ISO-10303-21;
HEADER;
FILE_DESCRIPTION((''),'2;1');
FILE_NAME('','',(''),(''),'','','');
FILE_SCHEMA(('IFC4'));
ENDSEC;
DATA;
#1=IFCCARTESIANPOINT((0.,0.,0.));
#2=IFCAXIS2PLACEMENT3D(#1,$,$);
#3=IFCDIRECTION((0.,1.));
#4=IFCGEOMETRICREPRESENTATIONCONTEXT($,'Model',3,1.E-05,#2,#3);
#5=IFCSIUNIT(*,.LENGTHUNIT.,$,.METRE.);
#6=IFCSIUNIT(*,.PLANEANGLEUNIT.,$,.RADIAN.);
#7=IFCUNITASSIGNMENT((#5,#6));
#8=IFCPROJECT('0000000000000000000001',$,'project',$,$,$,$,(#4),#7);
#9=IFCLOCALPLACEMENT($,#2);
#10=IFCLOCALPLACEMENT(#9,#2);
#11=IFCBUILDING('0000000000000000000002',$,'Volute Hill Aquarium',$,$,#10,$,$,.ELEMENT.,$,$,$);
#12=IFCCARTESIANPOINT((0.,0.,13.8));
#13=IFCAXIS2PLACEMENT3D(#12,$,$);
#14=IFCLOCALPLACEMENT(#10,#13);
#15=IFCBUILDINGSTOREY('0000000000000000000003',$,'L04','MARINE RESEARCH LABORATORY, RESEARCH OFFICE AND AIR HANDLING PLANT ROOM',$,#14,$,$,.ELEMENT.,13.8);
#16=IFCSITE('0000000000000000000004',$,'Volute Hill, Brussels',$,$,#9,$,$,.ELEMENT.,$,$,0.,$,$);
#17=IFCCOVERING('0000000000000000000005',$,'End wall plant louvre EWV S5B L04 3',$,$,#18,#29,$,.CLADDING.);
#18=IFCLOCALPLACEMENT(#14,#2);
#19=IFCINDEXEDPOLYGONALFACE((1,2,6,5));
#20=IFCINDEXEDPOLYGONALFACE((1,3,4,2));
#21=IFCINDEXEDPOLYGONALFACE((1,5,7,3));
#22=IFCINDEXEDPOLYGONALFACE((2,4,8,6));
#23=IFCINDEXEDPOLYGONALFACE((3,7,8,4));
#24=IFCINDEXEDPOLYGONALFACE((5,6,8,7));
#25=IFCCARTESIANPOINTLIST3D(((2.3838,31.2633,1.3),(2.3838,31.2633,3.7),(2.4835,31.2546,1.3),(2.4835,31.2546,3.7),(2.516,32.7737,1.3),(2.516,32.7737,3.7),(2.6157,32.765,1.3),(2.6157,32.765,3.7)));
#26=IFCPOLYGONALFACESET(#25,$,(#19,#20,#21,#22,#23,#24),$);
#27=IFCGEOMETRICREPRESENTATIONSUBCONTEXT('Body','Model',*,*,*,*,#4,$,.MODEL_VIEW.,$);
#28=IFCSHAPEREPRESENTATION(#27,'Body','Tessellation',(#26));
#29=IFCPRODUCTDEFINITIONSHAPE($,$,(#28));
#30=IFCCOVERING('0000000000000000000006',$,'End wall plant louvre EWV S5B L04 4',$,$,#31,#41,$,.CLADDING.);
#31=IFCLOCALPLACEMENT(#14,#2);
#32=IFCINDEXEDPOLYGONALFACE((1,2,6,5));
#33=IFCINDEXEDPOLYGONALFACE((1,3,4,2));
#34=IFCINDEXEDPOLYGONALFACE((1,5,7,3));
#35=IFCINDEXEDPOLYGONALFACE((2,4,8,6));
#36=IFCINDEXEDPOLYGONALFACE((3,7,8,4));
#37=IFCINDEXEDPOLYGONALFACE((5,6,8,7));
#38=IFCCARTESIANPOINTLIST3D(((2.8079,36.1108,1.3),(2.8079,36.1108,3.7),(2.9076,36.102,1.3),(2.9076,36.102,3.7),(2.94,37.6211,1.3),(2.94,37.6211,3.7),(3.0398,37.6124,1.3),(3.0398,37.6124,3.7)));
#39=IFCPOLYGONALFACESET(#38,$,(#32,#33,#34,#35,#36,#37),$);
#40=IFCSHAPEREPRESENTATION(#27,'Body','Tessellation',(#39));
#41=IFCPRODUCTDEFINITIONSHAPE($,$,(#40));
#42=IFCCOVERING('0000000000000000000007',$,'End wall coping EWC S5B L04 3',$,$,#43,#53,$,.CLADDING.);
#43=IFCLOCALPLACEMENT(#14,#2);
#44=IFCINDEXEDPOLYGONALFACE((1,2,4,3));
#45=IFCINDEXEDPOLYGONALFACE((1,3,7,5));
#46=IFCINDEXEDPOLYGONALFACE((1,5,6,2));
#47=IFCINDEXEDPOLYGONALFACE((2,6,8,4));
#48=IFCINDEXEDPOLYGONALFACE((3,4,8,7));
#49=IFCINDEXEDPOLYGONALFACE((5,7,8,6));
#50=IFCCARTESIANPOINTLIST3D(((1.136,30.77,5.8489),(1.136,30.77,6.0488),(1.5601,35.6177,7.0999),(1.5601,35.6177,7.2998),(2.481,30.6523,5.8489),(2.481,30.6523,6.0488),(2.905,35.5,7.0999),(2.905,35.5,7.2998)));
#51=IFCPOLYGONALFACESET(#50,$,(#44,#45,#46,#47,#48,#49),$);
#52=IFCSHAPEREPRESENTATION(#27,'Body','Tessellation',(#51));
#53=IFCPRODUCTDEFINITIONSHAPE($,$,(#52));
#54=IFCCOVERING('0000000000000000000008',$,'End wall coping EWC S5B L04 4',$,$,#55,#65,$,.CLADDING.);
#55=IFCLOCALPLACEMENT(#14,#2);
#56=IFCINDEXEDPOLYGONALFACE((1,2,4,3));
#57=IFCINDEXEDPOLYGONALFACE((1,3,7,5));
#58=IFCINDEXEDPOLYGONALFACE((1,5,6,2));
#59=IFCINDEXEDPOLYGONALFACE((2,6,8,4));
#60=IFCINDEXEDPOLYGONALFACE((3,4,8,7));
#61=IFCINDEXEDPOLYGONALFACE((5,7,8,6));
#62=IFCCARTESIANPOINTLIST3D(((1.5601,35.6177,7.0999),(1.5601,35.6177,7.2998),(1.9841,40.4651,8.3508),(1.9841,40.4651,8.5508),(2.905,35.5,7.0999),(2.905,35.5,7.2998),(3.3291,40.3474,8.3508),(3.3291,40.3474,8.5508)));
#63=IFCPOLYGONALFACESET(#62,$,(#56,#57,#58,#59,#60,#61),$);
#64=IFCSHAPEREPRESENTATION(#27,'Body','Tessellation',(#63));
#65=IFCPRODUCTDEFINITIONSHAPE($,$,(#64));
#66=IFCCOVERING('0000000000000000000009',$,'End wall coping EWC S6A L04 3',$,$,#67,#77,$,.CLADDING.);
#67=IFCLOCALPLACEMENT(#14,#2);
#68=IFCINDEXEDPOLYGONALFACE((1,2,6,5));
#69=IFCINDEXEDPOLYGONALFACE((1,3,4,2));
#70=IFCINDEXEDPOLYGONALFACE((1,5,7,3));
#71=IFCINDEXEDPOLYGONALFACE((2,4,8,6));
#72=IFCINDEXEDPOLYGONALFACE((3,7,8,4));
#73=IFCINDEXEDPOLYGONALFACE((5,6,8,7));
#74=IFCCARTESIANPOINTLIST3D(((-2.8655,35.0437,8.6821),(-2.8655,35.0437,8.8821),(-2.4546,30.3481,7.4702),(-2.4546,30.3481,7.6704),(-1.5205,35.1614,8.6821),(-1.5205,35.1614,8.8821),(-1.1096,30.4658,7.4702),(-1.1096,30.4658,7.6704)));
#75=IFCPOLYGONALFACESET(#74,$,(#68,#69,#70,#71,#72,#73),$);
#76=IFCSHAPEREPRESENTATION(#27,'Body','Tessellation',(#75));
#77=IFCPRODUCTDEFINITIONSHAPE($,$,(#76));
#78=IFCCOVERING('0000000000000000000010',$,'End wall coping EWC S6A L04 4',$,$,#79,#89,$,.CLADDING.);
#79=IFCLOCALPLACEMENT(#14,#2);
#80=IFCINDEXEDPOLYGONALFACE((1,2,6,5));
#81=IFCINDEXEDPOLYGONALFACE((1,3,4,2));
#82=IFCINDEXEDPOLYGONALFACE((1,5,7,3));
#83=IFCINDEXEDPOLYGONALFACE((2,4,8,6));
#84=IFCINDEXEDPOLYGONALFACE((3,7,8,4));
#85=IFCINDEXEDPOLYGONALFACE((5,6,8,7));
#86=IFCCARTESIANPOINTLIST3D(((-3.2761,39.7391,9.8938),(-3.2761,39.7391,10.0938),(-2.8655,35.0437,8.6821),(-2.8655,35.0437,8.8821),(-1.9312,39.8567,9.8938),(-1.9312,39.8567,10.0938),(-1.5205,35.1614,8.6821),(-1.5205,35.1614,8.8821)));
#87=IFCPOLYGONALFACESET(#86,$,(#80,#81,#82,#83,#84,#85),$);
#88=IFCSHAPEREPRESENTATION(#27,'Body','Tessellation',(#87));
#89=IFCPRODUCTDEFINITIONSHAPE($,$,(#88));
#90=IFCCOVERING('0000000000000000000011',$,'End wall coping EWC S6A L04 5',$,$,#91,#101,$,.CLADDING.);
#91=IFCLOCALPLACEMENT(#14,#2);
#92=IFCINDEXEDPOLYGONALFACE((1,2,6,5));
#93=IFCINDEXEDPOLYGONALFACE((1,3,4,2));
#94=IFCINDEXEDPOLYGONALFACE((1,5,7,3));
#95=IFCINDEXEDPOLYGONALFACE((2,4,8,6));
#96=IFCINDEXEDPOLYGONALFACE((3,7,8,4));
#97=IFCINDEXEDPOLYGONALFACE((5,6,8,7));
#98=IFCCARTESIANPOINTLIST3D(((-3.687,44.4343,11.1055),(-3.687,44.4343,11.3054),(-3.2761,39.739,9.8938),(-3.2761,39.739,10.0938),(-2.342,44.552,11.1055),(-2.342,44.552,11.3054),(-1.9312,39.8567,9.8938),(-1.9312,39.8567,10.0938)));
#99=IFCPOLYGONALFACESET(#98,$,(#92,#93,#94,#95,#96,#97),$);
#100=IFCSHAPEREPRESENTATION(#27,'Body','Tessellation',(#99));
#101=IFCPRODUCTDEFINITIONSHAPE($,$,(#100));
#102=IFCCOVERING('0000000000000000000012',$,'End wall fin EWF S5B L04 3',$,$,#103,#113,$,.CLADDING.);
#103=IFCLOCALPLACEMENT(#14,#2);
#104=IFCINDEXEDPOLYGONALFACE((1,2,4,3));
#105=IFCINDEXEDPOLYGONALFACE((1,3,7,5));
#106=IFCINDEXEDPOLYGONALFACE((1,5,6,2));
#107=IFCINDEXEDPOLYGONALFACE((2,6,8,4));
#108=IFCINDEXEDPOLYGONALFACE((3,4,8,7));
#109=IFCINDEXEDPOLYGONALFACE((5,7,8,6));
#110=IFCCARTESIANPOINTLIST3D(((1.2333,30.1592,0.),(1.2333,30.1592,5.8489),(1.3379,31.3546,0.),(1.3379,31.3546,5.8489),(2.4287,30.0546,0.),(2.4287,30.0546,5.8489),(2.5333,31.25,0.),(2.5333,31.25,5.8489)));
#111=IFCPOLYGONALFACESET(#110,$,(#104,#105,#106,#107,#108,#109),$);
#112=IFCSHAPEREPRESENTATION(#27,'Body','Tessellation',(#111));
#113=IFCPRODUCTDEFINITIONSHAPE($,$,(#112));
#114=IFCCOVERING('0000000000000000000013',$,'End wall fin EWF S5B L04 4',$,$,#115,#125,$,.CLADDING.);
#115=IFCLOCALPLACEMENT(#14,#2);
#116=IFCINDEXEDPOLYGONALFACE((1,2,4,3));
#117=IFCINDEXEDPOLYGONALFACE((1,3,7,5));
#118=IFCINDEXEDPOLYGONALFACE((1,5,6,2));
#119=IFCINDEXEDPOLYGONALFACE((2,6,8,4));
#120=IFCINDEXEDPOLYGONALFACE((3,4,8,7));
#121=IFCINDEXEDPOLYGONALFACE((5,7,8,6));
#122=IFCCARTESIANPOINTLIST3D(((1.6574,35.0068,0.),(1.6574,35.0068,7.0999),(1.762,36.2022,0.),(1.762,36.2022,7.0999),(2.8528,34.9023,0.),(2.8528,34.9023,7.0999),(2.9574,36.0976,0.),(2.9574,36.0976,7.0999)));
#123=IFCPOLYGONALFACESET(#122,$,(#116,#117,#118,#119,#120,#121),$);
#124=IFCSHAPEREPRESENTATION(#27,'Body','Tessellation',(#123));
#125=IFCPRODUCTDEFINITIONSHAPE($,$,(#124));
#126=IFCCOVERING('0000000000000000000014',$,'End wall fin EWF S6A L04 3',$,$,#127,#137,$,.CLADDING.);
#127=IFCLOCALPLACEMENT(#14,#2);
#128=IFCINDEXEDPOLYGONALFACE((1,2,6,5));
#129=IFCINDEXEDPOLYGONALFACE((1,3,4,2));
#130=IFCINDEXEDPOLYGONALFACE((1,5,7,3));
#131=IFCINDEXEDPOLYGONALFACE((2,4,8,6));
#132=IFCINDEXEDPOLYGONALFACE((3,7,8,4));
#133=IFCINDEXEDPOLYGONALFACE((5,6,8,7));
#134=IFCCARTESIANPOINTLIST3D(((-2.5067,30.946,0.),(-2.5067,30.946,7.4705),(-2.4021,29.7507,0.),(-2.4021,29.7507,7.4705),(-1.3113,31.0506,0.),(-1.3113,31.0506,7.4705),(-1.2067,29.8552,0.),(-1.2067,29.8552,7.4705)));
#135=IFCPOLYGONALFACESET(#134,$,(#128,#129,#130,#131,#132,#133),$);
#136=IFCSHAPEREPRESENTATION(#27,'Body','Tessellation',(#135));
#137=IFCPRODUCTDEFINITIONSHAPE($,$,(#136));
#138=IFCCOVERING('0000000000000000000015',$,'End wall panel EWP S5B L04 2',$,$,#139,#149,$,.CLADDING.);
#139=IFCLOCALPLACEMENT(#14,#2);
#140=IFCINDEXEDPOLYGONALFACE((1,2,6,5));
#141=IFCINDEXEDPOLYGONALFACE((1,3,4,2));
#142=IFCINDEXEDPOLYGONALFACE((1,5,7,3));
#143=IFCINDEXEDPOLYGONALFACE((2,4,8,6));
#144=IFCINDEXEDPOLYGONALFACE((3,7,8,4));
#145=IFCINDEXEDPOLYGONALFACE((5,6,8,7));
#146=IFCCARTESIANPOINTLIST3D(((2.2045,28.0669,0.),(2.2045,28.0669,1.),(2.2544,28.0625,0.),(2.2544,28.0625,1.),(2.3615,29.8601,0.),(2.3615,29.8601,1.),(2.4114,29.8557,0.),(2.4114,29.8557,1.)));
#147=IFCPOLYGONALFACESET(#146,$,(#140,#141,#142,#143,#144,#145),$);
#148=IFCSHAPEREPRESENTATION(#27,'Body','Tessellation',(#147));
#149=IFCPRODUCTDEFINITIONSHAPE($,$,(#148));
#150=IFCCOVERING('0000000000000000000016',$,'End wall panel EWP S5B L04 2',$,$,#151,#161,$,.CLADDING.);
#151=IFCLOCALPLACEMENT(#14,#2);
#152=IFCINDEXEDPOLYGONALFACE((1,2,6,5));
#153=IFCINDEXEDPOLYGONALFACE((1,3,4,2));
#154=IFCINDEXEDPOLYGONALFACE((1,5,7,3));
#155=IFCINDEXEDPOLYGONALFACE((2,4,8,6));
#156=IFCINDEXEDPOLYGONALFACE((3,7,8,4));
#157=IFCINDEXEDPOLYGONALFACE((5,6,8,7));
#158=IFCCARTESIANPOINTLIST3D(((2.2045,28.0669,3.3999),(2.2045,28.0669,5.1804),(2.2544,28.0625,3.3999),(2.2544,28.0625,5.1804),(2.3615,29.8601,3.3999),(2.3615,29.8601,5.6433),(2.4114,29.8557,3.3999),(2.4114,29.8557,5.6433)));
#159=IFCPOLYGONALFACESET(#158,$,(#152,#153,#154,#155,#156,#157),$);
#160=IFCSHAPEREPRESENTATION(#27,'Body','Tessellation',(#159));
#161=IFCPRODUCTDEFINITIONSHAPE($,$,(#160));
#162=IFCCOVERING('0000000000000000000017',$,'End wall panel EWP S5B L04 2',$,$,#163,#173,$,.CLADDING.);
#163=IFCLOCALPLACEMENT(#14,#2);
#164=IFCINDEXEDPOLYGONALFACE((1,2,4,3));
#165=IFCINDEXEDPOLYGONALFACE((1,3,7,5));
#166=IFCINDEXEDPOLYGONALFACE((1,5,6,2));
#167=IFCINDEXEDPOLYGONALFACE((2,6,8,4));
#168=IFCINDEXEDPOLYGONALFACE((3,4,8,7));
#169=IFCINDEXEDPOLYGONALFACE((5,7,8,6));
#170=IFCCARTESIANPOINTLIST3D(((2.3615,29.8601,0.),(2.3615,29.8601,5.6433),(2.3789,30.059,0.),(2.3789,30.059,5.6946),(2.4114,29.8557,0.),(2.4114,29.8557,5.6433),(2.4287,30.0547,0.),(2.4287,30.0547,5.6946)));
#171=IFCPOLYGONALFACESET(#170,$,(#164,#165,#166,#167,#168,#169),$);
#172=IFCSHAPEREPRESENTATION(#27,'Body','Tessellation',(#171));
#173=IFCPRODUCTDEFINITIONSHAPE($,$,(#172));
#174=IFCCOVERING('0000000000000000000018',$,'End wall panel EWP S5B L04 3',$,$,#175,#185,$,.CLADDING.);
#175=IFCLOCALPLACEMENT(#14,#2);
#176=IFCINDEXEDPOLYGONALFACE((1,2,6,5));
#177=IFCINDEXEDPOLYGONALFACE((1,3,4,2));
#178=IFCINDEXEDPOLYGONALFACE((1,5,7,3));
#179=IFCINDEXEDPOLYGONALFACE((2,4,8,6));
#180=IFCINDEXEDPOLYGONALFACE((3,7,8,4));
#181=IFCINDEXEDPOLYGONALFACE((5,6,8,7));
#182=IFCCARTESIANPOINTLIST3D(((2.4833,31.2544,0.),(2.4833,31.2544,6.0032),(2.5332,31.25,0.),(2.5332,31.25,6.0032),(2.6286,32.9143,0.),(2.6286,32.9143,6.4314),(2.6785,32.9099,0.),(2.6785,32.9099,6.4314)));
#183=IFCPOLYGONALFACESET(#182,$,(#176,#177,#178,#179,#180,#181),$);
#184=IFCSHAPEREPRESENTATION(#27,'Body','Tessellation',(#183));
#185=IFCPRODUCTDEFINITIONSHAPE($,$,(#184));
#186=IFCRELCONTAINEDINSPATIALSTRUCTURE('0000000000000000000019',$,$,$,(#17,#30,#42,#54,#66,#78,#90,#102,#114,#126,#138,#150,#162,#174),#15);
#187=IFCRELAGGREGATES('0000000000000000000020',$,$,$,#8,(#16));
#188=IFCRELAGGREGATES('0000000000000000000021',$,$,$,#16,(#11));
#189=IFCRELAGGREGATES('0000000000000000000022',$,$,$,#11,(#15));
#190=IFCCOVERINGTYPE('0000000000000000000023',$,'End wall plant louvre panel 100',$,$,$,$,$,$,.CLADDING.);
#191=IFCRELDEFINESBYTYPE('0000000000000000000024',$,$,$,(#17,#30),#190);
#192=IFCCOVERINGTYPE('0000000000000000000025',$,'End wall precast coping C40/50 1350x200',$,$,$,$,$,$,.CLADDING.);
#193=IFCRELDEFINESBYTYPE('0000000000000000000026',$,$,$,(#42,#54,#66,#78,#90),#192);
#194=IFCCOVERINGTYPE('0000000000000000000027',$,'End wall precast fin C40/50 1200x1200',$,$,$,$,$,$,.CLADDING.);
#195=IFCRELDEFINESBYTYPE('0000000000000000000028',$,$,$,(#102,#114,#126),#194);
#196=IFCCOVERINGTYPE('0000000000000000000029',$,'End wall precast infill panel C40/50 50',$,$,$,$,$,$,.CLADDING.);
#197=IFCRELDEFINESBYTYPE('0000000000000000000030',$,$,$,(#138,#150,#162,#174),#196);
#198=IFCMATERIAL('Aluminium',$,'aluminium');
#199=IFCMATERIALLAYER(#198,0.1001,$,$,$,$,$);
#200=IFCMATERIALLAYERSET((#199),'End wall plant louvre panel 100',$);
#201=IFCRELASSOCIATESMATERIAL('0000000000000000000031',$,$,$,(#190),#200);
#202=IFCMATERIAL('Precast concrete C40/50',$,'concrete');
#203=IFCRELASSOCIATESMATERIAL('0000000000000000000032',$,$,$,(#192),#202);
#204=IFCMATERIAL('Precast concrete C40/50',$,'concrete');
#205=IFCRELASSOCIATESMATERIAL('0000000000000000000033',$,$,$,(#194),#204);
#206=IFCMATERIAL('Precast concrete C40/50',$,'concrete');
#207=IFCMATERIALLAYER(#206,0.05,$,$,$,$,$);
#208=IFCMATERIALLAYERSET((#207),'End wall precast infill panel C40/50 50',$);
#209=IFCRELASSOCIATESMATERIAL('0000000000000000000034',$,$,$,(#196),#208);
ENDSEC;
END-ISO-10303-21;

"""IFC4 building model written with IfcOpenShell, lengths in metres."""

from ifc_helpers import new_model, si_unit, direction, frame, origin, origin_2d, place, context, subcontext, project, spatial, polyline, rectangle, outline, extrude, material, layer, layer_set, type_object, element, save


model = new_model("IFC4")

# Units and contexts
model_context = context("Model", 3, precision=1e-05, world=origin(), true_north=direction((0.0, 1.0)))
body_context = subcontext(model_context, "Body", "Model", "MODEL_VIEW")
ifc_project = project(units=[si_unit("LENGTHUNIT", "METRE"), si_unit("PLANEANGLEUNIT", "RADIAN")], contexts=[model_context])

# Site, building, storey
site_placement = place(None, origin())
site = spatial("IfcSite", under=ifc_project, at=site_placement, Name="Volute Hill, Brussels", CompositionType="ELEMENT", RefElevation=0.0)
building_placement = place(site_placement, origin())
building = spatial("IfcBuilding", under=site, at=building_placement, Name="Volute Hill Aquarium", CompositionType="ELEMENT")
storey_placement = place(building_placement, frame((0.0, 0.0, 13.8)))
storey = spatial("IfcBuildingStorey", under=building, at=storey_placement, Name="L04", Description="MARINE RESEARCH LABORATORY, RESEARCH OFFICE AND AIR HANDLING PLANT ROOM", CompositionType="ELEMENT", Elevation=13.8)

# Coverings
ifc_material_1 = material(Name="Aluminium", Category="aluminium")
ifc_layer_1 = layer(ifc_material_1, 0.1001)
ifc_layer_set_1 = layer_set([ifc_layer_1], Name="End wall plant louvre panel 100")
covering_type_1 = type_object("IfcCoveringType", Name="End wall plant louvre panel 100", PredefinedType="CLADDING", material=ifc_layer_set_1)
for number, where, z_axis, x_axis, name in (
    (1, (2.4998, 32.0142, 1.3), (0.0, 0.0, 1.0), (0.087154, 0.996195, 0.0), "End wall plant louvre EWV S5B L04 3"),
    (2, (2.9238, 36.8616, 1.3), (0.0, 0.0, 1.0), (0.087154, 0.996195, 0.0), "End wall plant louvre EWV S5B L04 4"),
):
    element("IfcCovering", number, at=place(storey_placement, frame(where, z_axis=z_axis, x_axis=x_axis)), inside=storey, type_object=covering_type_1, Name=name, PredefinedType="CLADDING", context=body_context, shape_type="SweptSolid", body=[
        extrude(rectangle(XDim=1.5161, YDim=0.1001, at=origin_2d()), origin(), (0.0, 0.0, 1.0), 2.3999),
    ])
ifc_material_2 = material(Name="Precast concrete C40/50", Category="concrete")
covering_type_2 = type_object("IfcCoveringType", Name="End wall precast coping C40/50 1350x200", PredefinedType="CLADDING", material=ifc_material_2)
covering_1_placement = place(storey_placement, frame((2.481, 30.6523, 5.8489), z_axis=(0.996195, -0.087147, 0.0), x_axis=(0.084403, 0.964824, 0.248981)))
element("IfcCovering", 3, at=covering_1_placement, inside=storey, type_object=covering_type_2, Name="End wall coping EWC S5B L04 3", PredefinedType="CLADDING", context=body_context, shape_type="SweptSolid", body=[
    extrude(outline(polyline([(0.0, 0.0), (5.0244, 0.0), (5.0742, 0.1937), (0.0498, 0.1937), (0.0, 0.0)])), origin(), (0.0, 0.0, -1.0), 1.3501),
])
covering_2_placement = place(storey_placement, frame((2.905, 35.5, 7.0999), z_axis=(0.996195, -0.087151, 0.0), x_axis=(0.084407, 0.96482, 0.248992)))
element("IfcCovering", 4, at=covering_2_placement, inside=storey, type_object=covering_type_2, Name="End wall coping EWC S5B L04 4", PredefinedType="CLADDING", context=body_context, shape_type="SweptSolid", body=[
    extrude(outline(polyline([(0.0, 0.0), (5.0242, 0.0), (5.0739, 0.1937), (0.0498, 0.1937), (0.0, 0.0)])), origin(), (0.0, 0.0, -1.0), 1.3501),
])
covering_3_placement = place(storey_placement, frame((-1.1096, 30.4658, 7.4702), z_axis=(0.996193, 0.087173, 0.0), x_axis=(-0.084427, 0.964812, 0.249016)))
element("IfcCovering", 5, at=covering_3_placement, inside=storey, type_object=covering_type_2, Name="End wall coping EWC S6A L04 3", PredefinedType="CLADDING", context=body_context, shape_type="SweptSolid", body=[
    extrude(outline(polyline([(0.0, 0.0), (4.8668, 0.0), (4.9166, 0.1937), (0.0499, 0.1939), (0.0, 0.0)])), origin(), (0.0, 0.0, -1.0), 1.3501),
])
covering_4_placement = place(storey_placement, frame((-1.5205, 35.1614, 8.6821), z_axis=(0.996197, 0.087126, 0.0), x_axis=(-0.084382, 0.964825, 0.248982)))
element("IfcCovering", 6, at=covering_4_placement, inside=storey, type_object=covering_type_2, Name="End wall coping EWC S6A L04 4", PredefinedType="CLADDING", context=body_context, shape_type="SweptSolid", body=[
    extrude(outline(polyline([(0.0, 0.0), (4.8665, 0.0), (4.9163, 0.1937), (0.0498, 0.1937), (0.0, 0.0)])), origin(), (0.0, 0.0, -1.0), 1.3501),
])
covering_5_placement = place(storey_placement, frame((-1.9312, 39.8567, 9.8938), z_axis=(0.996193, 0.087177, 0.0), x_axis=(-0.084432, 0.964821, 0.248981)))
element("IfcCovering", 7, at=covering_5_placement, inside=storey, type_object=covering_type_2, Name="End wall coping EWC S6A L04 5", PredefinedType="CLADDING", context=body_context, shape_type="SweptSolid", body=[
    extrude(outline(polyline([(0.0, 0.0), (4.8665, 0.0), (4.9163, 0.1937), (0.0498, 0.1937), (0.0, 0.0)])), origin(), (0.0, 0.0, -1.0), 1.3501),
])
ifc_material_3 = material(Name="Precast concrete C40/50", Category="concrete")
covering_type_3 = type_object("IfcCoveringType", Name="End wall precast fin C40/50 1200x1200", PredefinedType="CLADDING", material=ifc_material_3)
covering_6_placement = place(storey_placement, frame((1.8833, 30.7046, 0.0), z_axis=(0.0, 0.0, 1.0), x_axis=(0.087154, 0.996195, 0.0)))
element("IfcCovering", 8, at=covering_6_placement, inside=storey, type_object=covering_type_3, Name="End wall fin EWF S5B L04 3", PredefinedType="CLADDING", context=body_context, shape_type="SweptSolid", body=[
    extrude(rectangle(XDim=1.2, YDim=1.2, at=origin_2d()), origin(), (0.0, 0.0, 1.0), 5.8489),
])
covering_7_placement = place(storey_placement, frame((2.3074, 35.5522, 0.0), z_axis=(0.0, 0.0, 1.0), x_axis=(0.087154, 0.996195, 0.0)))
element("IfcCovering", 9, at=covering_7_placement, inside=storey, type_object=covering_type_3, Name="End wall fin EWF S5B L04 4", PredefinedType="CLADDING", context=body_context, shape_type="SweptSolid", body=[
    extrude(rectangle(XDim=1.2, YDim=1.2, at=origin_2d()), origin(), (0.0, 0.0, 1.0), 7.0999),
])
covering_8_placement = place(storey_placement, frame((-1.8567, 30.4006, 0.0), z_axis=(0.0, 0.0, 1.0), x_axis=(-0.087155, 0.996195, 0.0)))
element("IfcCovering", 10, at=covering_8_placement, inside=storey, type_object=covering_type_3, Name="End wall fin EWF S6A L04 3", PredefinedType="CLADDING", context=body_context, shape_type="SweptSolid", body=[
    extrude(rectangle(XDim=1.2, YDim=1.2, at=origin_2d()), origin(), (0.0, 0.0, 1.0), 7.4705),
])
ifc_material_4 = material(Name="Precast concrete C40/50", Category="concrete")
ifc_layer_2 = layer(ifc_material_4, 0.05)
ifc_layer_set_2 = layer_set([ifc_layer_2], Name="End wall precast infill panel C40/50 50")
covering_type_4 = type_object("IfcCoveringType", Name="End wall precast infill panel C40/50 50", PredefinedType="CLADDING", material=ifc_layer_set_2)
covering_9_placement = place(storey_placement, frame((2.2544, 28.0625, 0.0), z_axis=(0.99619, -0.087209, 0.0), x_axis=(0.087209, 0.99619, 0.0)))
element("IfcCovering", 11, at=covering_9_placement, inside=storey, type_object=covering_type_4, Name="End wall panel EWP S5B L04 2", PredefinedType="CLADDING", context=body_context, shape_type="SweptSolid", body=[
    extrude(outline(polyline([(0.0, 0.0), (1.8001, 0.0), (1.8001, 1.0), (0.0, 1.0), (0.0, 0.0)])), origin(), (0.0, 0.0, -1.0), 0.05),
])
covering_10_placement = place(storey_placement, frame((2.2544, 28.0625, 3.3999), z_axis=(0.99619, -0.087209, 0.0), x_axis=(0.087209, 0.99619, 0.0)))
element("IfcCovering", 12, at=covering_10_placement, inside=storey, type_object=covering_type_4, Name="End wall panel EWP S5B L04 2", PredefinedType="CLADDING", context=body_context, shape_type="SweptSolid", body=[
    extrude(outline(polyline([(0.0, 0.0), (1.8001, 0.0), (1.8001, 2.2434), (0.0, 1.7805), (0.0, 0.0)])), origin(), (0.0, 0.0, -1.0), 0.05),
])
covering_11_placement = place(storey_placement, frame((2.4114, 29.8557, 0.0), z_axis=(0.996227, -0.086788, 0.0), x_axis=(0.086788, 0.996227, 0.0)))
element("IfcCovering", 13, at=covering_11_placement, inside=storey, type_object=covering_type_4, Name="End wall panel EWP S5B L04 2", PredefinedType="CLADDING", context=body_context, shape_type="SweptSolid", body=[
    extrude(outline(polyline([(0.0, 0.0), (0.1997, 0.0), (0.1997, 5.6946), (0.0, 5.6433), (0.0, 0.0)])), origin(), (0.0, 0.0, -1.0), 0.05),
])
covering_12_placement = place(storey_placement, frame((2.5332, 31.25, 0.0), z_axis=(0.996193, -0.08718, 0.0), x_axis=(0.08718, 0.996193, 0.0)))
element("IfcCovering", 14, at=covering_12_placement, inside=storey, type_object=covering_type_4, Name="End wall panel EWP S5B L04 3", PredefinedType="CLADDING", context=body_context, shape_type="SweptSolid", body=[
    extrude(outline(polyline([(0.0, 0.0), (1.6663, 0.0), (1.6663, 6.4314), (0.0, 6.0032), (0.0, 0.0)])), origin(), (0.0, 0.0, -1.0), 0.05),
])

save(model, "model.ifc")
